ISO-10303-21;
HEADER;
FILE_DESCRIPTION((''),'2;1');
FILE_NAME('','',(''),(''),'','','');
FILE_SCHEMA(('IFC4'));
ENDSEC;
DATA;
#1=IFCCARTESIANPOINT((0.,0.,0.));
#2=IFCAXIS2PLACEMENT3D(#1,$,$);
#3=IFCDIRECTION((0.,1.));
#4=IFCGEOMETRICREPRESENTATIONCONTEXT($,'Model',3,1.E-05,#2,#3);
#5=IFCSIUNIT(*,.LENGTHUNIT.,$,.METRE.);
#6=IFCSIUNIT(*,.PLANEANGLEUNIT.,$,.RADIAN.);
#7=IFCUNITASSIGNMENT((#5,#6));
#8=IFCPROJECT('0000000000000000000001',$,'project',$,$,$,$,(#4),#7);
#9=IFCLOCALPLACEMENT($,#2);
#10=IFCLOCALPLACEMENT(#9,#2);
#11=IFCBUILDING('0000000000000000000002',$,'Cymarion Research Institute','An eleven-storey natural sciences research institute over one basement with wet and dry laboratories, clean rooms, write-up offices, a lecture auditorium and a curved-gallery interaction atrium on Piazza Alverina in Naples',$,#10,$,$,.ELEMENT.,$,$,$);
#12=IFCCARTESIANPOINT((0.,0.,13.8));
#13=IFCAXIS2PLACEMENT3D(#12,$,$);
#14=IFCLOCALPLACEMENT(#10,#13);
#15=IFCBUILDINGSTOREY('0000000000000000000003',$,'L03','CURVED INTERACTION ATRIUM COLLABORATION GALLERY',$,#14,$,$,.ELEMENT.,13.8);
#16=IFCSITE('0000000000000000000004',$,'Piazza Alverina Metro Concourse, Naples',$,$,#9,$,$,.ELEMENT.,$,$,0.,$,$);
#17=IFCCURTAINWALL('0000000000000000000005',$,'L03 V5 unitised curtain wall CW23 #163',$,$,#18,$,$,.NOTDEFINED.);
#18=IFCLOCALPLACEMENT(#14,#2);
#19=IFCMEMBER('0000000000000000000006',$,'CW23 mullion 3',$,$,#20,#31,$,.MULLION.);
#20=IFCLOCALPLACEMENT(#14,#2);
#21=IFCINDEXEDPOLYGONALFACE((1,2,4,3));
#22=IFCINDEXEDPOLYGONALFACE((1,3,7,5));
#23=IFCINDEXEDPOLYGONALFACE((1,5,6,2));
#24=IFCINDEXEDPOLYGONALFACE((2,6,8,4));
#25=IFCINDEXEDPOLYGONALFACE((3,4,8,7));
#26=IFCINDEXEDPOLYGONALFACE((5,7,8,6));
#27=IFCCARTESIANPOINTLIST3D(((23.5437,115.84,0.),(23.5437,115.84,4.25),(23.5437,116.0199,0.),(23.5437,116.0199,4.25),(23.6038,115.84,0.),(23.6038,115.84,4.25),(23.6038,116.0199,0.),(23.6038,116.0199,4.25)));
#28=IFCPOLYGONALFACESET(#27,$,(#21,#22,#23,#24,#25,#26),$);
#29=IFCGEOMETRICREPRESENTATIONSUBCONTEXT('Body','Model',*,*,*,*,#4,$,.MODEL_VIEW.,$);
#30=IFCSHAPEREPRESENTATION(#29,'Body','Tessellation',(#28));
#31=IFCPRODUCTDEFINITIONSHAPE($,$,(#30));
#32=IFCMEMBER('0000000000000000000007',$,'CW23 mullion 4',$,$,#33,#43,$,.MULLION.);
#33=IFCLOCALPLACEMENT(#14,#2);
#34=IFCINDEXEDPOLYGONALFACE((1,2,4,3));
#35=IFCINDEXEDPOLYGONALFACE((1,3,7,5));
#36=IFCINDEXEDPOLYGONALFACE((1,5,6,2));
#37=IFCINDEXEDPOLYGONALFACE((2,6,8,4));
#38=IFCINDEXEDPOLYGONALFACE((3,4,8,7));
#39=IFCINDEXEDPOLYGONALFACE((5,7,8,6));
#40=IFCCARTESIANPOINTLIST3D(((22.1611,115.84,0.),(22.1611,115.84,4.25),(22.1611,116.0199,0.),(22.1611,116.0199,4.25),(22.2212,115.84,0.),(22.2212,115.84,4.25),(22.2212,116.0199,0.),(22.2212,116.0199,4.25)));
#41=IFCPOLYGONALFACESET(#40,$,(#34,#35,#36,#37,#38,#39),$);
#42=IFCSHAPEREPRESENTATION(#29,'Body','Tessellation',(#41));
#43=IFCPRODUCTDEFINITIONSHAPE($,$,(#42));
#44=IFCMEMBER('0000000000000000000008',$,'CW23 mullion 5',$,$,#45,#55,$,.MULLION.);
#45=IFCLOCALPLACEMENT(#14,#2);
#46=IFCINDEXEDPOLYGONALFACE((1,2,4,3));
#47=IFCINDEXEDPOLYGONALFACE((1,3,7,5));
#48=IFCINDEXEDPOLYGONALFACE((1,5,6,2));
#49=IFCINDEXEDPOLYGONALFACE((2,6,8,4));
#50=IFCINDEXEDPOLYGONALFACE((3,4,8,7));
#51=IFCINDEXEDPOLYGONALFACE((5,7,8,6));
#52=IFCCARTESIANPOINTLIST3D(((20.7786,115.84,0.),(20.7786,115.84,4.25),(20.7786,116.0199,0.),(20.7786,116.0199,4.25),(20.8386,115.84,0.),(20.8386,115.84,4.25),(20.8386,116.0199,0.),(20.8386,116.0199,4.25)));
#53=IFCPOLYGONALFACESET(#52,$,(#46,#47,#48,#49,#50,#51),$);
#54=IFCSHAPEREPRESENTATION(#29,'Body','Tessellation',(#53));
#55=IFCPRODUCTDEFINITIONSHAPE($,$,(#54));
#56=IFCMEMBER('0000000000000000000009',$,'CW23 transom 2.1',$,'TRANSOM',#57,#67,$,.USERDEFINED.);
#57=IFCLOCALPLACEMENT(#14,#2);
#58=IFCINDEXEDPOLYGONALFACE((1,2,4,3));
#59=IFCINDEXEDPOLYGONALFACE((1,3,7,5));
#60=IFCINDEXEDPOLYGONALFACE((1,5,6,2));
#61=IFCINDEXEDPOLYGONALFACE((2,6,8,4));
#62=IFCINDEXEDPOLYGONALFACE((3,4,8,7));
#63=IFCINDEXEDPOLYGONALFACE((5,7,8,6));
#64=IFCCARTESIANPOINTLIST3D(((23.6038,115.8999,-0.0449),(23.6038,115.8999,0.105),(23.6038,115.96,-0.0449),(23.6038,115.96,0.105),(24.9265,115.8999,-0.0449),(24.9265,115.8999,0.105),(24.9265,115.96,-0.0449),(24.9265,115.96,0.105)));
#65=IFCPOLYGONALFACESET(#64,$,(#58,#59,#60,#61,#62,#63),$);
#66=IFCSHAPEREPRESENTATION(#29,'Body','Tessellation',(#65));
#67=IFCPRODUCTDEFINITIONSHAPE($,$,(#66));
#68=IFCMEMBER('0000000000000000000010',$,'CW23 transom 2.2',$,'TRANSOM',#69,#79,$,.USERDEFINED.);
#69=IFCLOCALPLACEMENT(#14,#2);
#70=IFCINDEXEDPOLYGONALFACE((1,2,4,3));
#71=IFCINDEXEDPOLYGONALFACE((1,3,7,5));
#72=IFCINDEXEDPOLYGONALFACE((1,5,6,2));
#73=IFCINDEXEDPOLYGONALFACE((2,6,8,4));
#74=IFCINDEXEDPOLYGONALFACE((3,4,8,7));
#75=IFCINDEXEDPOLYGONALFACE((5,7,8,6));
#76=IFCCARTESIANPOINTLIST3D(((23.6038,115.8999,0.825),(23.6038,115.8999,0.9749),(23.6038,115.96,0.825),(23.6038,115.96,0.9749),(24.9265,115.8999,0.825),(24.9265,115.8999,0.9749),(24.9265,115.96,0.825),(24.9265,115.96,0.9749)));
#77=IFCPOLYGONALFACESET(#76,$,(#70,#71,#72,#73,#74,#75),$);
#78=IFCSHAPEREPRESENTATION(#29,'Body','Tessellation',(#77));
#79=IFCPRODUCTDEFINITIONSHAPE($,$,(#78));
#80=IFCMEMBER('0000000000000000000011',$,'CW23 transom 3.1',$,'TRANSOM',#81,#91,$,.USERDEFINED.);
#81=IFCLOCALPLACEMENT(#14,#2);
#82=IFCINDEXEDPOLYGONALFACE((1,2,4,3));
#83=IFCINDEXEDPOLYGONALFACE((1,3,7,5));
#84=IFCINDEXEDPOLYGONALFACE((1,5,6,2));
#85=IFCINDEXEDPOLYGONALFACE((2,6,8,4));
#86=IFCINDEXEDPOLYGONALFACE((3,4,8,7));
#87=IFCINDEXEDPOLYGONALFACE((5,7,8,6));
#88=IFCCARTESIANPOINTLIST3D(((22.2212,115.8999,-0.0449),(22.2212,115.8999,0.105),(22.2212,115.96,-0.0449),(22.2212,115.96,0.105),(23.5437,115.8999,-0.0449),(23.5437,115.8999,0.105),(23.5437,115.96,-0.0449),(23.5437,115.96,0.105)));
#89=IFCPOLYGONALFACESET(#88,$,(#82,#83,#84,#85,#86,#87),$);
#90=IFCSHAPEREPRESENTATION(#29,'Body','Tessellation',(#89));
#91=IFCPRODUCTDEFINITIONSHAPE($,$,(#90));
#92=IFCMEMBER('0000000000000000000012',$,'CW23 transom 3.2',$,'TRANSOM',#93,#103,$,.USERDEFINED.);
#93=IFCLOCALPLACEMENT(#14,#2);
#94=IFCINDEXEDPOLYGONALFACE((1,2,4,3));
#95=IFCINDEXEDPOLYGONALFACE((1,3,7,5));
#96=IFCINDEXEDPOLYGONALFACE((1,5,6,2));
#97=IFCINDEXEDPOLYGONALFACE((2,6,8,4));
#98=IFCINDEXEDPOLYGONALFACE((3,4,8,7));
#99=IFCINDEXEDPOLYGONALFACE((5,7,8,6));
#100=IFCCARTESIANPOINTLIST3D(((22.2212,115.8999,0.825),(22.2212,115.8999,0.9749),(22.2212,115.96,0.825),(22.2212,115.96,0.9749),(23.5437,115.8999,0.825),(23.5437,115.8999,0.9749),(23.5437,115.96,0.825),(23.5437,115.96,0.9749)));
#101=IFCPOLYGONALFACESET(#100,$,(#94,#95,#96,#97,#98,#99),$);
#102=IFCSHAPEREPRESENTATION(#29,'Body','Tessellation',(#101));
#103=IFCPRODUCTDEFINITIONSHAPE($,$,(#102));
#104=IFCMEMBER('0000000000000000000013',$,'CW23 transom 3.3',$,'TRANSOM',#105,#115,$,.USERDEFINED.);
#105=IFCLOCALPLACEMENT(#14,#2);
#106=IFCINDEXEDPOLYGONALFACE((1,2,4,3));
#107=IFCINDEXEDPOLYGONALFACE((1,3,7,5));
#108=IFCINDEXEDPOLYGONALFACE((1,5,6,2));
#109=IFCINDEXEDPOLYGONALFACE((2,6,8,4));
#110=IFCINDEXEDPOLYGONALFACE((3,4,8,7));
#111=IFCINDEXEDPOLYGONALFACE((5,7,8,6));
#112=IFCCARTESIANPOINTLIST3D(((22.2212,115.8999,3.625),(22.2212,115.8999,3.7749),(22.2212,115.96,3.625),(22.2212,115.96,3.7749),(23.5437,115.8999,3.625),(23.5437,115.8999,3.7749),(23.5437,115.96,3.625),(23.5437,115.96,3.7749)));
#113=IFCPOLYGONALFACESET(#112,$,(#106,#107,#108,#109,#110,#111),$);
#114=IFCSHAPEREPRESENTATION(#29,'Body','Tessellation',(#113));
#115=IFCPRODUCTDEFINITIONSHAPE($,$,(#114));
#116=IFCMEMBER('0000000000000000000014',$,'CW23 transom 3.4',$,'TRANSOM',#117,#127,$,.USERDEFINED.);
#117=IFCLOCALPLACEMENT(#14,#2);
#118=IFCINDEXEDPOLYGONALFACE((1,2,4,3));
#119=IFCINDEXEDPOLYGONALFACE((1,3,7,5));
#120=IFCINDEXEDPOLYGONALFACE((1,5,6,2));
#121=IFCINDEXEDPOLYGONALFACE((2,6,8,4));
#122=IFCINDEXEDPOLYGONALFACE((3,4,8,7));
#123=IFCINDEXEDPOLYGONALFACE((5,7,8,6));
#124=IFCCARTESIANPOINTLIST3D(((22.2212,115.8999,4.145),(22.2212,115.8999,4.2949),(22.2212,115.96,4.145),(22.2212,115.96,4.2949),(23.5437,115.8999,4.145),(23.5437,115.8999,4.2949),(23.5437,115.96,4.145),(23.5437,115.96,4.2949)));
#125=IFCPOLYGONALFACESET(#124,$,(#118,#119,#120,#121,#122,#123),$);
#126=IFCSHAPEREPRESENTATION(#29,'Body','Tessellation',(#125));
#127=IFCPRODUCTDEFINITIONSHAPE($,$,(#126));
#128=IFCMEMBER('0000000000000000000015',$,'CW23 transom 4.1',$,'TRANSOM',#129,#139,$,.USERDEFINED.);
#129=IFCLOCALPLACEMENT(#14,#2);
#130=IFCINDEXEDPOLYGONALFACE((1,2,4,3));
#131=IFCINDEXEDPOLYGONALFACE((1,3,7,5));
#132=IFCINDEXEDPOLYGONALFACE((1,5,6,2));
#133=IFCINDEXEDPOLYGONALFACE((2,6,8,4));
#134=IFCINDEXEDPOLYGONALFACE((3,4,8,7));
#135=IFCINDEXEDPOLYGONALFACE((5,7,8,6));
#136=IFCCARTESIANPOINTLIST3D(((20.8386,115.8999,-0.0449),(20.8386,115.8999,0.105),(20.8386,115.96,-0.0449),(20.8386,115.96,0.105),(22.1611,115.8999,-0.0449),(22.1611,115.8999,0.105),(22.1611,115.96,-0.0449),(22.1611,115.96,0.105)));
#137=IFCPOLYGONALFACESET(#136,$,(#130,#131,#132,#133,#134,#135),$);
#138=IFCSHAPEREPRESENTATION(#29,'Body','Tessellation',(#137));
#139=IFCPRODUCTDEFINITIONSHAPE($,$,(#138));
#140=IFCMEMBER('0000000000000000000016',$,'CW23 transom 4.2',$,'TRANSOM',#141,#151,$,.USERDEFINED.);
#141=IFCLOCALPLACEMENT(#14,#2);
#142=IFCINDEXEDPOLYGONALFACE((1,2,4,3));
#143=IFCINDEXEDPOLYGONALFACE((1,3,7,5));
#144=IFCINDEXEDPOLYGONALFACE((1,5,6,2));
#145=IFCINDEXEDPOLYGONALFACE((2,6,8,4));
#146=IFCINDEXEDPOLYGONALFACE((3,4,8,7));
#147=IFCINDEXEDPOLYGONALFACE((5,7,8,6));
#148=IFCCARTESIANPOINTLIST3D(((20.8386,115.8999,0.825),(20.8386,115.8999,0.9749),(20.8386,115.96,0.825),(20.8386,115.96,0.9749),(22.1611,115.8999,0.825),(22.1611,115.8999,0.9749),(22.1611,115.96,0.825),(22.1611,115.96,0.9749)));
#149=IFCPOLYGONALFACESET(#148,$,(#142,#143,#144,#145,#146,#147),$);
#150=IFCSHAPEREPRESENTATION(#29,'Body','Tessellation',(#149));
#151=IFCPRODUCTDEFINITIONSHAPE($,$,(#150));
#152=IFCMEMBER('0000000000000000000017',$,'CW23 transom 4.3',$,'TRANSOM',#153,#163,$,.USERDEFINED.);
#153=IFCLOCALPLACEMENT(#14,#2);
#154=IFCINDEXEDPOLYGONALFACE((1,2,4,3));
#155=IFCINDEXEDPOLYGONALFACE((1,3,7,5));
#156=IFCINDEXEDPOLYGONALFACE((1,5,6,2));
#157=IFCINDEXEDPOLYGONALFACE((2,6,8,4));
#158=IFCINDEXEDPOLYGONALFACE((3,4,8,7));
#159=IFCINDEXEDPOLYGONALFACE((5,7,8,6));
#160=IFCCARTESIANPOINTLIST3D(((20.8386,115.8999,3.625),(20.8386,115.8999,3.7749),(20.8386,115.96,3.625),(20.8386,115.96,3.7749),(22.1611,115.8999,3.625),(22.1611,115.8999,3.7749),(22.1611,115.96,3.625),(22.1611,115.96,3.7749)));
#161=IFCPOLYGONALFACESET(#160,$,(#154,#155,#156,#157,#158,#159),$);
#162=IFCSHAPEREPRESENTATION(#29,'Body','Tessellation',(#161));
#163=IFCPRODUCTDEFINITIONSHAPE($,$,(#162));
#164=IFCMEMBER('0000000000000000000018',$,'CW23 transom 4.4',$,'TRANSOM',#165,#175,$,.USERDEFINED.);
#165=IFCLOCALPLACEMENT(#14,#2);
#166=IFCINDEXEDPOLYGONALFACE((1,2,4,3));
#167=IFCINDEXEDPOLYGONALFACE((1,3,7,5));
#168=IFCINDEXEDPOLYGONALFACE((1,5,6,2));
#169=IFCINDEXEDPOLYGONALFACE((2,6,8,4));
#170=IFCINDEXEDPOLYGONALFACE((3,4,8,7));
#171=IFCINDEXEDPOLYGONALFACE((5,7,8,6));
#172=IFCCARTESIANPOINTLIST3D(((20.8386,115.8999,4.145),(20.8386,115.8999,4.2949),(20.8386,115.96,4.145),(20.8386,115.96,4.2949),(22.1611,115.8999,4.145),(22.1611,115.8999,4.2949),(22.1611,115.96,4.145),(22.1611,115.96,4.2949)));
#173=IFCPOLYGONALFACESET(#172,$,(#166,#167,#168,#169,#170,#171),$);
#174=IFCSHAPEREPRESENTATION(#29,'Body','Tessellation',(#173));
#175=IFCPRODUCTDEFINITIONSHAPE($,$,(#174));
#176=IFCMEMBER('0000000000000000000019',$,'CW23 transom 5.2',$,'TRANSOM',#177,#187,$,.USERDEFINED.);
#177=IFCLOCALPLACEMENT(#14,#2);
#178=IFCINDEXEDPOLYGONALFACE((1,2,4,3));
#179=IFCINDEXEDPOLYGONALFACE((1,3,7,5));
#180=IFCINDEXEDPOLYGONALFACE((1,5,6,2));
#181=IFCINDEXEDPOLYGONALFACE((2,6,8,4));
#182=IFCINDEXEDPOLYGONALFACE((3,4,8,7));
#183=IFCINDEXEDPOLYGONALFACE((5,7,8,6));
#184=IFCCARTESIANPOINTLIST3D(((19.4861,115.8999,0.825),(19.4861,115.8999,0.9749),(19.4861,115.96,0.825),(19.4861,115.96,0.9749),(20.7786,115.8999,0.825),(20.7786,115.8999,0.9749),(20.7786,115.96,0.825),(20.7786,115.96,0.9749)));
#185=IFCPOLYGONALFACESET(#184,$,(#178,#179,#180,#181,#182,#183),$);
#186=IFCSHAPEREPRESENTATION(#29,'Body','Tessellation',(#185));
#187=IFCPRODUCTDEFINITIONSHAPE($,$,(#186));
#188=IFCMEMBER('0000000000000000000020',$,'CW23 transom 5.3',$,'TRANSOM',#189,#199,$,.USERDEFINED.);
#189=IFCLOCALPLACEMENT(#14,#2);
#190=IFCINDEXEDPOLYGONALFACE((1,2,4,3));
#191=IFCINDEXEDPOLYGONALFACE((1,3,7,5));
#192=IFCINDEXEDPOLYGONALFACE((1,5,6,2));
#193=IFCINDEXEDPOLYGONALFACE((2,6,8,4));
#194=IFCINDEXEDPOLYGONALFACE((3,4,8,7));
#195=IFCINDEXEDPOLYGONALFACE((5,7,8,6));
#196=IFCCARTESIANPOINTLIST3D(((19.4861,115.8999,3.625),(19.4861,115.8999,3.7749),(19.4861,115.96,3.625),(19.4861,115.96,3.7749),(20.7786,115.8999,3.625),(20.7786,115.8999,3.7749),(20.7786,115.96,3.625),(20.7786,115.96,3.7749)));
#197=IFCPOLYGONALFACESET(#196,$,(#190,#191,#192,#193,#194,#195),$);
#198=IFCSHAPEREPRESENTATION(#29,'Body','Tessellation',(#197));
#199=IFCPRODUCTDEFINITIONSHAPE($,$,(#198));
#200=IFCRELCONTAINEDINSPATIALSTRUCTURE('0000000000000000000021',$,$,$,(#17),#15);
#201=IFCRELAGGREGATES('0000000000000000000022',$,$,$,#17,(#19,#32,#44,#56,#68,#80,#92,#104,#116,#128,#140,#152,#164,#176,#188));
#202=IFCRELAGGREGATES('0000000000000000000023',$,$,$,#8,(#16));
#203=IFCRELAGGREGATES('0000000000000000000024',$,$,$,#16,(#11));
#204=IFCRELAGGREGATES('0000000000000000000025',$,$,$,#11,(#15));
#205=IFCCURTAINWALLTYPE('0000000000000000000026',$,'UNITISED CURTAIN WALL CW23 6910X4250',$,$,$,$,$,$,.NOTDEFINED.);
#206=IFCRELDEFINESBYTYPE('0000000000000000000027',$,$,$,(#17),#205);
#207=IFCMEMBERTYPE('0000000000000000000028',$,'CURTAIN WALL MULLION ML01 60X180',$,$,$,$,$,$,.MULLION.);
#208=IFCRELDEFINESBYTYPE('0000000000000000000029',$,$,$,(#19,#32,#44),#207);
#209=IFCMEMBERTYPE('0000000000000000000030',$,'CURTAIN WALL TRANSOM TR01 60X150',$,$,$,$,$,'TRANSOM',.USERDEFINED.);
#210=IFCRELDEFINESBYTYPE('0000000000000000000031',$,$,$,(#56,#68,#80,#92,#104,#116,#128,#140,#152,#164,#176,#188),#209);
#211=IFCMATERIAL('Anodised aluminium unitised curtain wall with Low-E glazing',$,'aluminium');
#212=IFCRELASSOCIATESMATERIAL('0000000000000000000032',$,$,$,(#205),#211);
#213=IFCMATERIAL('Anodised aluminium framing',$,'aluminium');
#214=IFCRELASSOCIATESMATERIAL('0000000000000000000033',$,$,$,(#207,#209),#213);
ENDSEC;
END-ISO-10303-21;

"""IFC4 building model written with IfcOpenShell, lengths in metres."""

from ifc_helpers import new_model, si_unit, direction, frame, origin, origin_2d, place, context, subcontext, project, spatial, rectangle, extrude, material, material_profile, profile_set, type_object, element, aggregate, save


model = new_model("IFC4")

# Units and contexts
model_context = context("Model", 3, precision=1e-05, world=origin(), true_north=direction((0.0, 1.0)))
body_context = subcontext(model_context, "Body", "Model", "MODEL_VIEW")
ifc_project = project(units=[si_unit("LENGTHUNIT", "METRE"), si_unit("PLANEANGLEUNIT", "RADIAN")], contexts=[model_context])

# Site, building, storey
site_placement = place(None, origin())
site = spatial("IfcSite", under=ifc_project, at=site_placement, Name="Piazza Alverina Metro Concourse, Naples", CompositionType="ELEMENT", RefElevation=0.0)
building_placement = place(site_placement, origin())
building = spatial("IfcBuilding", under=site, at=building_placement, Name="Cymarion Research Institute", Description="An eleven-storey natural sciences research institute over one basement with wet and dry laboratories, clean rooms, write-up offices, a lecture auditorium and a curved-gallery interaction atrium on Piazza Alverina in Naples", CompositionType="ELEMENT")
storey_placement = place(building_placement, frame((0.0, 0.0, 13.8)))
storey = spatial("IfcBuildingStorey", under=building, at=storey_placement, Name="L03", Description="CURVED INTERACTION ATRIUM COLLABORATION GALLERY", CompositionType="ELEMENT", Elevation=13.8)

# Curtain wall, members
ifc_material_1 = material(Name="Anodised aluminium unitised curtain wall with Low-E glazing", Category="aluminium")
curtain_wall_type = type_object("IfcCurtainWallType", Name="UNITISED CURTAIN WALL CW23 6910X4250", PredefinedType="NOTDEFINED", material=ifc_material_1)
curtain_wall_placement = place(storey_placement, origin())
curtain_wall = element("IfcCurtainWall", 1, at=curtain_wall_placement, inside=storey, type_object=curtain_wall_type, Name="L03 V5 unitised curtain wall CW23 #163", PredefinedType="NOTDEFINED")
ifc_material_2 = material(Name="Anodised aluminium framing", Category="aluminium")
ifc_material_profile_1 = material_profile(ifc_material_2, rectangle(XDim=0.0601, YDim=0.1799, at=origin_2d()), Name="ALU MULLION 60x180")
ifc_profile_set_1 = profile_set([ifc_material_profile_1], Name="Anodised aluminium framing")
member_type_1 = type_object("IfcMemberType", Name="CURTAIN WALL MULLION ML01 60X180", PredefinedType="MULLION", material=ifc_profile_set_1)
member_1_placement = place(storey_placement, frame((23.5737, 115.9299, 0.0), z_axis=(0.0, 0.0, 1.0), x_axis=(-1.0, 0.0, 0.0)))
member_1 = element("IfcMember", 2, at=member_1_placement, type_object=member_type_1, Name="CW23 mullion 3", PredefinedType="MULLION", context=body_context, shape_type="SweptSolid", body=[
    extrude(rectangle(XDim=0.0601, YDim=0.1799, at=origin_2d()), origin(), (0.0, 0.0, 1.0), 4.25),
])
member_2_placement = place(storey_placement, frame((22.1912, 115.9299, 0.0), z_axis=(0.0, 0.0, 1.0), x_axis=(-1.0, 0.0, 0.0)))
member_2 = element("IfcMember", 3, at=member_2_placement, type_object=member_type_1, Name="CW23 mullion 4", PredefinedType="MULLION", context=body_context, shape_type="SweptSolid", body=[
    extrude(rectangle(XDim=0.0601, YDim=0.1799, at=origin_2d()), origin(), (0.0, 0.0, 1.0), 4.25),
])
member_3_placement = place(storey_placement, frame((20.8086, 115.9299, 0.0), z_axis=(0.0, 0.0, 1.0), x_axis=(-1.0, 0.0, 0.0)))
member_3 = element("IfcMember", 4, at=member_3_placement, type_object=member_type_1, Name="CW23 mullion 5", PredefinedType="MULLION", context=body_context, shape_type="SweptSolid", body=[
    extrude(rectangle(XDim=0.0601, YDim=0.1799, at=origin_2d()), origin(), (0.0, 0.0, 1.0), 4.25),
])
ifc_material_profile_2 = material_profile(ifc_material_2, rectangle(XDim=0.0601, YDim=0.1499, at=origin_2d()), Name="ALU TRANSOM 60x150")
ifc_profile_set_2 = profile_set([ifc_material_profile_2], Name="Anodised aluminium framing")
member_type_2 = type_object("IfcMemberType", Name="CURTAIN WALL TRANSOM TR01 60X150", ElementType="TRANSOM", PredefinedType="USERDEFINED", material=ifc_profile_set_2)
member_4_placement = place(storey_placement, frame((24.9265, 115.9299, 0.03), z_axis=(-1.0, 0.0, 0.0), x_axis=(0.0, -1.0, 0.0)))
member_4 = element("IfcMember", 5, at=member_4_placement, type_object=member_type_2, Name="CW23 transom 2.1", ObjectType="TRANSOM", PredefinedType="USERDEFINED", context=body_context, shape_type="SweptSolid", body=[
    extrude(rectangle(XDim=0.0601, YDim=0.1499, at=origin_2d()), origin(), (0.0, 0.0, 1.0), 1.3228),
])
member_5_placement = place(storey_placement, frame((24.9265, 115.9299, 0.8999), z_axis=(-1.0, 0.0, 0.0), x_axis=(0.0, -1.0, 0.0)))
member_5 = element("IfcMember", 6, at=member_5_placement, type_object=member_type_2, Name="CW23 transom 2.2", ObjectType="TRANSOM", PredefinedType="USERDEFINED", context=body_context, shape_type="SweptSolid", body=[
    extrude(rectangle(XDim=0.0601, YDim=0.1499, at=origin_2d()), origin(), (0.0, 0.0, 1.0), 1.3228),
])
member_6_placement = place(storey_placement, frame((23.5437, 115.9299, 0.03), z_axis=(-1.0, 0.0, 0.0), x_axis=(0.0, -1.0, 0.0)))
member_6 = element("IfcMember", 7, at=member_6_placement, type_object=member_type_2, Name="CW23 transom 3.1", ObjectType="TRANSOM", PredefinedType="USERDEFINED", context=body_context, shape_type="SweptSolid", body=[
    extrude(rectangle(XDim=0.0601, YDim=0.1499, at=origin_2d()), origin(), (0.0, 0.0, 1.0), 1.3225),
])
member_7_placement = place(storey_placement, frame((23.5437, 115.9299, 0.8999), z_axis=(-1.0, 0.0, 0.0), x_axis=(0.0, -1.0, 0.0)))
member_7 = element("IfcMember", 8, at=member_7_placement, type_object=member_type_2, Name="CW23 transom 3.2", ObjectType="TRANSOM", PredefinedType="USERDEFINED", context=body_context, shape_type="SweptSolid", body=[
    extrude(rectangle(XDim=0.0601, YDim=0.1499, at=origin_2d()), origin(), (0.0, 0.0, 1.0), 1.3225),
])
member_8_placement = place(storey_placement, frame((23.5437, 115.9299, 3.7), z_axis=(-1.0, 0.0, 0.0), x_axis=(0.0, -1.0, 0.0)))
member_8 = element("IfcMember", 9, at=member_8_placement, type_object=member_type_2, Name="CW23 transom 3.3", ObjectType="TRANSOM", PredefinedType="USERDEFINED", context=body_context, shape_type="SweptSolid", body=[
    extrude(rectangle(XDim=0.0601, YDim=0.1499, at=origin_2d()), origin(), (0.0, 0.0, 1.0), 1.3225),
])
member_9_placement = place(storey_placement, frame((23.5437, 115.9299, 4.22), z_axis=(-1.0, 0.0, 0.0), x_axis=(0.0, -1.0, 0.0)))
member_9 = element("IfcMember", 10, at=member_9_placement, type_object=member_type_2, Name="CW23 transom 3.4", ObjectType="TRANSOM", PredefinedType="USERDEFINED", context=body_context, shape_type="SweptSolid", body=[
    extrude(rectangle(XDim=0.0601, YDim=0.1499, at=origin_2d()), origin(), (0.0, 0.0, 1.0), 1.3225),
])
member_10_placement = place(storey_placement, frame((22.1611, 115.9299, 0.03), z_axis=(-1.0, 0.0, 0.0), x_axis=(0.0, -1.0, 0.0)))
member_10 = element("IfcMember", 11, at=member_10_placement, type_object=member_type_2, Name="CW23 transom 4.1", ObjectType="TRANSOM", PredefinedType="USERDEFINED", context=body_context, shape_type="SweptSolid", body=[
    extrude(rectangle(XDim=0.0601, YDim=0.1499, at=origin_2d()), origin(), (0.0, 0.0, 1.0), 1.3225),
])
member_11_placement = place(storey_placement, frame((22.1611, 115.9299, 0.8999), z_axis=(-1.0, 0.0, 0.0), x_axis=(0.0, -1.0, 0.0)))
member_11 = element("IfcMember", 12, at=member_11_placement, type_object=member_type_2, Name="CW23 transom 4.2", ObjectType="TRANSOM", PredefinedType="USERDEFINED", context=body_context, shape_type="SweptSolid", body=[
    extrude(rectangle(XDim=0.0601, YDim=0.1499, at=origin_2d()), origin(), (0.0, 0.0, 1.0), 1.3225),
])
member_12_placement = place(storey_placement, frame((22.1611, 115.9299, 3.7), z_axis=(-1.0, 0.0, 0.0), x_axis=(0.0, -1.0, 0.0)))
member_12 = element("IfcMember", 13, at=member_12_placement, type_object=member_type_2, Name="CW23 transom 4.3", ObjectType="TRANSOM", PredefinedType="USERDEFINED", context=body_context, shape_type="SweptSolid", body=[
    extrude(rectangle(XDim=0.0601, YDim=0.1499, at=origin_2d()), origin(), (0.0, 0.0, 1.0), 1.3225),
])
member_13_placement = place(storey_placement, frame((22.1611, 115.9299, 4.22), z_axis=(-1.0, 0.0, 0.0), x_axis=(0.0, -1.0, 0.0)))
member_13 = element("IfcMember", 14, at=member_13_placement, type_object=member_type_2, Name="CW23 transom 4.4", ObjectType="TRANSOM", PredefinedType="USERDEFINED", context=body_context, shape_type="SweptSolid", body=[
    extrude(rectangle(XDim=0.0601, YDim=0.1499, at=origin_2d()), origin(), (0.0, 0.0, 1.0), 1.3225),
])
member_14_placement = place(storey_placement, frame((20.7786, 115.9299, 0.8999), z_axis=(-1.0, 0.0, 0.0), x_axis=(0.0, -1.0, 0.0)))
member_14 = element("IfcMember", 15, at=member_14_placement, type_object=member_type_2, Name="CW23 transom 5.2", ObjectType="TRANSOM", PredefinedType="USERDEFINED", context=body_context, shape_type="SweptSolid", body=[
    extrude(rectangle(XDim=0.0601, YDim=0.1499, at=origin_2d()), origin(), (0.0, 0.0, 1.0), 1.2925),
])
member_15_placement = place(storey_placement, frame((20.7786, 115.9299, 3.7), z_axis=(-1.0, 0.0, 0.0), x_axis=(0.0, -1.0, 0.0)))
member_15 = element("IfcMember", 16, at=member_15_placement, type_object=member_type_2, Name="CW23 transom 5.3", ObjectType="TRANSOM", PredefinedType="USERDEFINED", context=body_context, shape_type="SweptSolid", body=[
    extrude(rectangle(XDim=0.0601, YDim=0.1499, at=origin_2d()), origin(), (0.0, 0.0, 1.0), 1.2925),
])
aggregate(curtain_wall, [member_1, member_2, member_3, member_4, member_5, member_6, member_7, member_8, member_9, member_10, member_11, member_12, member_13, member_14, member_15])

save(model, "model.ifc")
